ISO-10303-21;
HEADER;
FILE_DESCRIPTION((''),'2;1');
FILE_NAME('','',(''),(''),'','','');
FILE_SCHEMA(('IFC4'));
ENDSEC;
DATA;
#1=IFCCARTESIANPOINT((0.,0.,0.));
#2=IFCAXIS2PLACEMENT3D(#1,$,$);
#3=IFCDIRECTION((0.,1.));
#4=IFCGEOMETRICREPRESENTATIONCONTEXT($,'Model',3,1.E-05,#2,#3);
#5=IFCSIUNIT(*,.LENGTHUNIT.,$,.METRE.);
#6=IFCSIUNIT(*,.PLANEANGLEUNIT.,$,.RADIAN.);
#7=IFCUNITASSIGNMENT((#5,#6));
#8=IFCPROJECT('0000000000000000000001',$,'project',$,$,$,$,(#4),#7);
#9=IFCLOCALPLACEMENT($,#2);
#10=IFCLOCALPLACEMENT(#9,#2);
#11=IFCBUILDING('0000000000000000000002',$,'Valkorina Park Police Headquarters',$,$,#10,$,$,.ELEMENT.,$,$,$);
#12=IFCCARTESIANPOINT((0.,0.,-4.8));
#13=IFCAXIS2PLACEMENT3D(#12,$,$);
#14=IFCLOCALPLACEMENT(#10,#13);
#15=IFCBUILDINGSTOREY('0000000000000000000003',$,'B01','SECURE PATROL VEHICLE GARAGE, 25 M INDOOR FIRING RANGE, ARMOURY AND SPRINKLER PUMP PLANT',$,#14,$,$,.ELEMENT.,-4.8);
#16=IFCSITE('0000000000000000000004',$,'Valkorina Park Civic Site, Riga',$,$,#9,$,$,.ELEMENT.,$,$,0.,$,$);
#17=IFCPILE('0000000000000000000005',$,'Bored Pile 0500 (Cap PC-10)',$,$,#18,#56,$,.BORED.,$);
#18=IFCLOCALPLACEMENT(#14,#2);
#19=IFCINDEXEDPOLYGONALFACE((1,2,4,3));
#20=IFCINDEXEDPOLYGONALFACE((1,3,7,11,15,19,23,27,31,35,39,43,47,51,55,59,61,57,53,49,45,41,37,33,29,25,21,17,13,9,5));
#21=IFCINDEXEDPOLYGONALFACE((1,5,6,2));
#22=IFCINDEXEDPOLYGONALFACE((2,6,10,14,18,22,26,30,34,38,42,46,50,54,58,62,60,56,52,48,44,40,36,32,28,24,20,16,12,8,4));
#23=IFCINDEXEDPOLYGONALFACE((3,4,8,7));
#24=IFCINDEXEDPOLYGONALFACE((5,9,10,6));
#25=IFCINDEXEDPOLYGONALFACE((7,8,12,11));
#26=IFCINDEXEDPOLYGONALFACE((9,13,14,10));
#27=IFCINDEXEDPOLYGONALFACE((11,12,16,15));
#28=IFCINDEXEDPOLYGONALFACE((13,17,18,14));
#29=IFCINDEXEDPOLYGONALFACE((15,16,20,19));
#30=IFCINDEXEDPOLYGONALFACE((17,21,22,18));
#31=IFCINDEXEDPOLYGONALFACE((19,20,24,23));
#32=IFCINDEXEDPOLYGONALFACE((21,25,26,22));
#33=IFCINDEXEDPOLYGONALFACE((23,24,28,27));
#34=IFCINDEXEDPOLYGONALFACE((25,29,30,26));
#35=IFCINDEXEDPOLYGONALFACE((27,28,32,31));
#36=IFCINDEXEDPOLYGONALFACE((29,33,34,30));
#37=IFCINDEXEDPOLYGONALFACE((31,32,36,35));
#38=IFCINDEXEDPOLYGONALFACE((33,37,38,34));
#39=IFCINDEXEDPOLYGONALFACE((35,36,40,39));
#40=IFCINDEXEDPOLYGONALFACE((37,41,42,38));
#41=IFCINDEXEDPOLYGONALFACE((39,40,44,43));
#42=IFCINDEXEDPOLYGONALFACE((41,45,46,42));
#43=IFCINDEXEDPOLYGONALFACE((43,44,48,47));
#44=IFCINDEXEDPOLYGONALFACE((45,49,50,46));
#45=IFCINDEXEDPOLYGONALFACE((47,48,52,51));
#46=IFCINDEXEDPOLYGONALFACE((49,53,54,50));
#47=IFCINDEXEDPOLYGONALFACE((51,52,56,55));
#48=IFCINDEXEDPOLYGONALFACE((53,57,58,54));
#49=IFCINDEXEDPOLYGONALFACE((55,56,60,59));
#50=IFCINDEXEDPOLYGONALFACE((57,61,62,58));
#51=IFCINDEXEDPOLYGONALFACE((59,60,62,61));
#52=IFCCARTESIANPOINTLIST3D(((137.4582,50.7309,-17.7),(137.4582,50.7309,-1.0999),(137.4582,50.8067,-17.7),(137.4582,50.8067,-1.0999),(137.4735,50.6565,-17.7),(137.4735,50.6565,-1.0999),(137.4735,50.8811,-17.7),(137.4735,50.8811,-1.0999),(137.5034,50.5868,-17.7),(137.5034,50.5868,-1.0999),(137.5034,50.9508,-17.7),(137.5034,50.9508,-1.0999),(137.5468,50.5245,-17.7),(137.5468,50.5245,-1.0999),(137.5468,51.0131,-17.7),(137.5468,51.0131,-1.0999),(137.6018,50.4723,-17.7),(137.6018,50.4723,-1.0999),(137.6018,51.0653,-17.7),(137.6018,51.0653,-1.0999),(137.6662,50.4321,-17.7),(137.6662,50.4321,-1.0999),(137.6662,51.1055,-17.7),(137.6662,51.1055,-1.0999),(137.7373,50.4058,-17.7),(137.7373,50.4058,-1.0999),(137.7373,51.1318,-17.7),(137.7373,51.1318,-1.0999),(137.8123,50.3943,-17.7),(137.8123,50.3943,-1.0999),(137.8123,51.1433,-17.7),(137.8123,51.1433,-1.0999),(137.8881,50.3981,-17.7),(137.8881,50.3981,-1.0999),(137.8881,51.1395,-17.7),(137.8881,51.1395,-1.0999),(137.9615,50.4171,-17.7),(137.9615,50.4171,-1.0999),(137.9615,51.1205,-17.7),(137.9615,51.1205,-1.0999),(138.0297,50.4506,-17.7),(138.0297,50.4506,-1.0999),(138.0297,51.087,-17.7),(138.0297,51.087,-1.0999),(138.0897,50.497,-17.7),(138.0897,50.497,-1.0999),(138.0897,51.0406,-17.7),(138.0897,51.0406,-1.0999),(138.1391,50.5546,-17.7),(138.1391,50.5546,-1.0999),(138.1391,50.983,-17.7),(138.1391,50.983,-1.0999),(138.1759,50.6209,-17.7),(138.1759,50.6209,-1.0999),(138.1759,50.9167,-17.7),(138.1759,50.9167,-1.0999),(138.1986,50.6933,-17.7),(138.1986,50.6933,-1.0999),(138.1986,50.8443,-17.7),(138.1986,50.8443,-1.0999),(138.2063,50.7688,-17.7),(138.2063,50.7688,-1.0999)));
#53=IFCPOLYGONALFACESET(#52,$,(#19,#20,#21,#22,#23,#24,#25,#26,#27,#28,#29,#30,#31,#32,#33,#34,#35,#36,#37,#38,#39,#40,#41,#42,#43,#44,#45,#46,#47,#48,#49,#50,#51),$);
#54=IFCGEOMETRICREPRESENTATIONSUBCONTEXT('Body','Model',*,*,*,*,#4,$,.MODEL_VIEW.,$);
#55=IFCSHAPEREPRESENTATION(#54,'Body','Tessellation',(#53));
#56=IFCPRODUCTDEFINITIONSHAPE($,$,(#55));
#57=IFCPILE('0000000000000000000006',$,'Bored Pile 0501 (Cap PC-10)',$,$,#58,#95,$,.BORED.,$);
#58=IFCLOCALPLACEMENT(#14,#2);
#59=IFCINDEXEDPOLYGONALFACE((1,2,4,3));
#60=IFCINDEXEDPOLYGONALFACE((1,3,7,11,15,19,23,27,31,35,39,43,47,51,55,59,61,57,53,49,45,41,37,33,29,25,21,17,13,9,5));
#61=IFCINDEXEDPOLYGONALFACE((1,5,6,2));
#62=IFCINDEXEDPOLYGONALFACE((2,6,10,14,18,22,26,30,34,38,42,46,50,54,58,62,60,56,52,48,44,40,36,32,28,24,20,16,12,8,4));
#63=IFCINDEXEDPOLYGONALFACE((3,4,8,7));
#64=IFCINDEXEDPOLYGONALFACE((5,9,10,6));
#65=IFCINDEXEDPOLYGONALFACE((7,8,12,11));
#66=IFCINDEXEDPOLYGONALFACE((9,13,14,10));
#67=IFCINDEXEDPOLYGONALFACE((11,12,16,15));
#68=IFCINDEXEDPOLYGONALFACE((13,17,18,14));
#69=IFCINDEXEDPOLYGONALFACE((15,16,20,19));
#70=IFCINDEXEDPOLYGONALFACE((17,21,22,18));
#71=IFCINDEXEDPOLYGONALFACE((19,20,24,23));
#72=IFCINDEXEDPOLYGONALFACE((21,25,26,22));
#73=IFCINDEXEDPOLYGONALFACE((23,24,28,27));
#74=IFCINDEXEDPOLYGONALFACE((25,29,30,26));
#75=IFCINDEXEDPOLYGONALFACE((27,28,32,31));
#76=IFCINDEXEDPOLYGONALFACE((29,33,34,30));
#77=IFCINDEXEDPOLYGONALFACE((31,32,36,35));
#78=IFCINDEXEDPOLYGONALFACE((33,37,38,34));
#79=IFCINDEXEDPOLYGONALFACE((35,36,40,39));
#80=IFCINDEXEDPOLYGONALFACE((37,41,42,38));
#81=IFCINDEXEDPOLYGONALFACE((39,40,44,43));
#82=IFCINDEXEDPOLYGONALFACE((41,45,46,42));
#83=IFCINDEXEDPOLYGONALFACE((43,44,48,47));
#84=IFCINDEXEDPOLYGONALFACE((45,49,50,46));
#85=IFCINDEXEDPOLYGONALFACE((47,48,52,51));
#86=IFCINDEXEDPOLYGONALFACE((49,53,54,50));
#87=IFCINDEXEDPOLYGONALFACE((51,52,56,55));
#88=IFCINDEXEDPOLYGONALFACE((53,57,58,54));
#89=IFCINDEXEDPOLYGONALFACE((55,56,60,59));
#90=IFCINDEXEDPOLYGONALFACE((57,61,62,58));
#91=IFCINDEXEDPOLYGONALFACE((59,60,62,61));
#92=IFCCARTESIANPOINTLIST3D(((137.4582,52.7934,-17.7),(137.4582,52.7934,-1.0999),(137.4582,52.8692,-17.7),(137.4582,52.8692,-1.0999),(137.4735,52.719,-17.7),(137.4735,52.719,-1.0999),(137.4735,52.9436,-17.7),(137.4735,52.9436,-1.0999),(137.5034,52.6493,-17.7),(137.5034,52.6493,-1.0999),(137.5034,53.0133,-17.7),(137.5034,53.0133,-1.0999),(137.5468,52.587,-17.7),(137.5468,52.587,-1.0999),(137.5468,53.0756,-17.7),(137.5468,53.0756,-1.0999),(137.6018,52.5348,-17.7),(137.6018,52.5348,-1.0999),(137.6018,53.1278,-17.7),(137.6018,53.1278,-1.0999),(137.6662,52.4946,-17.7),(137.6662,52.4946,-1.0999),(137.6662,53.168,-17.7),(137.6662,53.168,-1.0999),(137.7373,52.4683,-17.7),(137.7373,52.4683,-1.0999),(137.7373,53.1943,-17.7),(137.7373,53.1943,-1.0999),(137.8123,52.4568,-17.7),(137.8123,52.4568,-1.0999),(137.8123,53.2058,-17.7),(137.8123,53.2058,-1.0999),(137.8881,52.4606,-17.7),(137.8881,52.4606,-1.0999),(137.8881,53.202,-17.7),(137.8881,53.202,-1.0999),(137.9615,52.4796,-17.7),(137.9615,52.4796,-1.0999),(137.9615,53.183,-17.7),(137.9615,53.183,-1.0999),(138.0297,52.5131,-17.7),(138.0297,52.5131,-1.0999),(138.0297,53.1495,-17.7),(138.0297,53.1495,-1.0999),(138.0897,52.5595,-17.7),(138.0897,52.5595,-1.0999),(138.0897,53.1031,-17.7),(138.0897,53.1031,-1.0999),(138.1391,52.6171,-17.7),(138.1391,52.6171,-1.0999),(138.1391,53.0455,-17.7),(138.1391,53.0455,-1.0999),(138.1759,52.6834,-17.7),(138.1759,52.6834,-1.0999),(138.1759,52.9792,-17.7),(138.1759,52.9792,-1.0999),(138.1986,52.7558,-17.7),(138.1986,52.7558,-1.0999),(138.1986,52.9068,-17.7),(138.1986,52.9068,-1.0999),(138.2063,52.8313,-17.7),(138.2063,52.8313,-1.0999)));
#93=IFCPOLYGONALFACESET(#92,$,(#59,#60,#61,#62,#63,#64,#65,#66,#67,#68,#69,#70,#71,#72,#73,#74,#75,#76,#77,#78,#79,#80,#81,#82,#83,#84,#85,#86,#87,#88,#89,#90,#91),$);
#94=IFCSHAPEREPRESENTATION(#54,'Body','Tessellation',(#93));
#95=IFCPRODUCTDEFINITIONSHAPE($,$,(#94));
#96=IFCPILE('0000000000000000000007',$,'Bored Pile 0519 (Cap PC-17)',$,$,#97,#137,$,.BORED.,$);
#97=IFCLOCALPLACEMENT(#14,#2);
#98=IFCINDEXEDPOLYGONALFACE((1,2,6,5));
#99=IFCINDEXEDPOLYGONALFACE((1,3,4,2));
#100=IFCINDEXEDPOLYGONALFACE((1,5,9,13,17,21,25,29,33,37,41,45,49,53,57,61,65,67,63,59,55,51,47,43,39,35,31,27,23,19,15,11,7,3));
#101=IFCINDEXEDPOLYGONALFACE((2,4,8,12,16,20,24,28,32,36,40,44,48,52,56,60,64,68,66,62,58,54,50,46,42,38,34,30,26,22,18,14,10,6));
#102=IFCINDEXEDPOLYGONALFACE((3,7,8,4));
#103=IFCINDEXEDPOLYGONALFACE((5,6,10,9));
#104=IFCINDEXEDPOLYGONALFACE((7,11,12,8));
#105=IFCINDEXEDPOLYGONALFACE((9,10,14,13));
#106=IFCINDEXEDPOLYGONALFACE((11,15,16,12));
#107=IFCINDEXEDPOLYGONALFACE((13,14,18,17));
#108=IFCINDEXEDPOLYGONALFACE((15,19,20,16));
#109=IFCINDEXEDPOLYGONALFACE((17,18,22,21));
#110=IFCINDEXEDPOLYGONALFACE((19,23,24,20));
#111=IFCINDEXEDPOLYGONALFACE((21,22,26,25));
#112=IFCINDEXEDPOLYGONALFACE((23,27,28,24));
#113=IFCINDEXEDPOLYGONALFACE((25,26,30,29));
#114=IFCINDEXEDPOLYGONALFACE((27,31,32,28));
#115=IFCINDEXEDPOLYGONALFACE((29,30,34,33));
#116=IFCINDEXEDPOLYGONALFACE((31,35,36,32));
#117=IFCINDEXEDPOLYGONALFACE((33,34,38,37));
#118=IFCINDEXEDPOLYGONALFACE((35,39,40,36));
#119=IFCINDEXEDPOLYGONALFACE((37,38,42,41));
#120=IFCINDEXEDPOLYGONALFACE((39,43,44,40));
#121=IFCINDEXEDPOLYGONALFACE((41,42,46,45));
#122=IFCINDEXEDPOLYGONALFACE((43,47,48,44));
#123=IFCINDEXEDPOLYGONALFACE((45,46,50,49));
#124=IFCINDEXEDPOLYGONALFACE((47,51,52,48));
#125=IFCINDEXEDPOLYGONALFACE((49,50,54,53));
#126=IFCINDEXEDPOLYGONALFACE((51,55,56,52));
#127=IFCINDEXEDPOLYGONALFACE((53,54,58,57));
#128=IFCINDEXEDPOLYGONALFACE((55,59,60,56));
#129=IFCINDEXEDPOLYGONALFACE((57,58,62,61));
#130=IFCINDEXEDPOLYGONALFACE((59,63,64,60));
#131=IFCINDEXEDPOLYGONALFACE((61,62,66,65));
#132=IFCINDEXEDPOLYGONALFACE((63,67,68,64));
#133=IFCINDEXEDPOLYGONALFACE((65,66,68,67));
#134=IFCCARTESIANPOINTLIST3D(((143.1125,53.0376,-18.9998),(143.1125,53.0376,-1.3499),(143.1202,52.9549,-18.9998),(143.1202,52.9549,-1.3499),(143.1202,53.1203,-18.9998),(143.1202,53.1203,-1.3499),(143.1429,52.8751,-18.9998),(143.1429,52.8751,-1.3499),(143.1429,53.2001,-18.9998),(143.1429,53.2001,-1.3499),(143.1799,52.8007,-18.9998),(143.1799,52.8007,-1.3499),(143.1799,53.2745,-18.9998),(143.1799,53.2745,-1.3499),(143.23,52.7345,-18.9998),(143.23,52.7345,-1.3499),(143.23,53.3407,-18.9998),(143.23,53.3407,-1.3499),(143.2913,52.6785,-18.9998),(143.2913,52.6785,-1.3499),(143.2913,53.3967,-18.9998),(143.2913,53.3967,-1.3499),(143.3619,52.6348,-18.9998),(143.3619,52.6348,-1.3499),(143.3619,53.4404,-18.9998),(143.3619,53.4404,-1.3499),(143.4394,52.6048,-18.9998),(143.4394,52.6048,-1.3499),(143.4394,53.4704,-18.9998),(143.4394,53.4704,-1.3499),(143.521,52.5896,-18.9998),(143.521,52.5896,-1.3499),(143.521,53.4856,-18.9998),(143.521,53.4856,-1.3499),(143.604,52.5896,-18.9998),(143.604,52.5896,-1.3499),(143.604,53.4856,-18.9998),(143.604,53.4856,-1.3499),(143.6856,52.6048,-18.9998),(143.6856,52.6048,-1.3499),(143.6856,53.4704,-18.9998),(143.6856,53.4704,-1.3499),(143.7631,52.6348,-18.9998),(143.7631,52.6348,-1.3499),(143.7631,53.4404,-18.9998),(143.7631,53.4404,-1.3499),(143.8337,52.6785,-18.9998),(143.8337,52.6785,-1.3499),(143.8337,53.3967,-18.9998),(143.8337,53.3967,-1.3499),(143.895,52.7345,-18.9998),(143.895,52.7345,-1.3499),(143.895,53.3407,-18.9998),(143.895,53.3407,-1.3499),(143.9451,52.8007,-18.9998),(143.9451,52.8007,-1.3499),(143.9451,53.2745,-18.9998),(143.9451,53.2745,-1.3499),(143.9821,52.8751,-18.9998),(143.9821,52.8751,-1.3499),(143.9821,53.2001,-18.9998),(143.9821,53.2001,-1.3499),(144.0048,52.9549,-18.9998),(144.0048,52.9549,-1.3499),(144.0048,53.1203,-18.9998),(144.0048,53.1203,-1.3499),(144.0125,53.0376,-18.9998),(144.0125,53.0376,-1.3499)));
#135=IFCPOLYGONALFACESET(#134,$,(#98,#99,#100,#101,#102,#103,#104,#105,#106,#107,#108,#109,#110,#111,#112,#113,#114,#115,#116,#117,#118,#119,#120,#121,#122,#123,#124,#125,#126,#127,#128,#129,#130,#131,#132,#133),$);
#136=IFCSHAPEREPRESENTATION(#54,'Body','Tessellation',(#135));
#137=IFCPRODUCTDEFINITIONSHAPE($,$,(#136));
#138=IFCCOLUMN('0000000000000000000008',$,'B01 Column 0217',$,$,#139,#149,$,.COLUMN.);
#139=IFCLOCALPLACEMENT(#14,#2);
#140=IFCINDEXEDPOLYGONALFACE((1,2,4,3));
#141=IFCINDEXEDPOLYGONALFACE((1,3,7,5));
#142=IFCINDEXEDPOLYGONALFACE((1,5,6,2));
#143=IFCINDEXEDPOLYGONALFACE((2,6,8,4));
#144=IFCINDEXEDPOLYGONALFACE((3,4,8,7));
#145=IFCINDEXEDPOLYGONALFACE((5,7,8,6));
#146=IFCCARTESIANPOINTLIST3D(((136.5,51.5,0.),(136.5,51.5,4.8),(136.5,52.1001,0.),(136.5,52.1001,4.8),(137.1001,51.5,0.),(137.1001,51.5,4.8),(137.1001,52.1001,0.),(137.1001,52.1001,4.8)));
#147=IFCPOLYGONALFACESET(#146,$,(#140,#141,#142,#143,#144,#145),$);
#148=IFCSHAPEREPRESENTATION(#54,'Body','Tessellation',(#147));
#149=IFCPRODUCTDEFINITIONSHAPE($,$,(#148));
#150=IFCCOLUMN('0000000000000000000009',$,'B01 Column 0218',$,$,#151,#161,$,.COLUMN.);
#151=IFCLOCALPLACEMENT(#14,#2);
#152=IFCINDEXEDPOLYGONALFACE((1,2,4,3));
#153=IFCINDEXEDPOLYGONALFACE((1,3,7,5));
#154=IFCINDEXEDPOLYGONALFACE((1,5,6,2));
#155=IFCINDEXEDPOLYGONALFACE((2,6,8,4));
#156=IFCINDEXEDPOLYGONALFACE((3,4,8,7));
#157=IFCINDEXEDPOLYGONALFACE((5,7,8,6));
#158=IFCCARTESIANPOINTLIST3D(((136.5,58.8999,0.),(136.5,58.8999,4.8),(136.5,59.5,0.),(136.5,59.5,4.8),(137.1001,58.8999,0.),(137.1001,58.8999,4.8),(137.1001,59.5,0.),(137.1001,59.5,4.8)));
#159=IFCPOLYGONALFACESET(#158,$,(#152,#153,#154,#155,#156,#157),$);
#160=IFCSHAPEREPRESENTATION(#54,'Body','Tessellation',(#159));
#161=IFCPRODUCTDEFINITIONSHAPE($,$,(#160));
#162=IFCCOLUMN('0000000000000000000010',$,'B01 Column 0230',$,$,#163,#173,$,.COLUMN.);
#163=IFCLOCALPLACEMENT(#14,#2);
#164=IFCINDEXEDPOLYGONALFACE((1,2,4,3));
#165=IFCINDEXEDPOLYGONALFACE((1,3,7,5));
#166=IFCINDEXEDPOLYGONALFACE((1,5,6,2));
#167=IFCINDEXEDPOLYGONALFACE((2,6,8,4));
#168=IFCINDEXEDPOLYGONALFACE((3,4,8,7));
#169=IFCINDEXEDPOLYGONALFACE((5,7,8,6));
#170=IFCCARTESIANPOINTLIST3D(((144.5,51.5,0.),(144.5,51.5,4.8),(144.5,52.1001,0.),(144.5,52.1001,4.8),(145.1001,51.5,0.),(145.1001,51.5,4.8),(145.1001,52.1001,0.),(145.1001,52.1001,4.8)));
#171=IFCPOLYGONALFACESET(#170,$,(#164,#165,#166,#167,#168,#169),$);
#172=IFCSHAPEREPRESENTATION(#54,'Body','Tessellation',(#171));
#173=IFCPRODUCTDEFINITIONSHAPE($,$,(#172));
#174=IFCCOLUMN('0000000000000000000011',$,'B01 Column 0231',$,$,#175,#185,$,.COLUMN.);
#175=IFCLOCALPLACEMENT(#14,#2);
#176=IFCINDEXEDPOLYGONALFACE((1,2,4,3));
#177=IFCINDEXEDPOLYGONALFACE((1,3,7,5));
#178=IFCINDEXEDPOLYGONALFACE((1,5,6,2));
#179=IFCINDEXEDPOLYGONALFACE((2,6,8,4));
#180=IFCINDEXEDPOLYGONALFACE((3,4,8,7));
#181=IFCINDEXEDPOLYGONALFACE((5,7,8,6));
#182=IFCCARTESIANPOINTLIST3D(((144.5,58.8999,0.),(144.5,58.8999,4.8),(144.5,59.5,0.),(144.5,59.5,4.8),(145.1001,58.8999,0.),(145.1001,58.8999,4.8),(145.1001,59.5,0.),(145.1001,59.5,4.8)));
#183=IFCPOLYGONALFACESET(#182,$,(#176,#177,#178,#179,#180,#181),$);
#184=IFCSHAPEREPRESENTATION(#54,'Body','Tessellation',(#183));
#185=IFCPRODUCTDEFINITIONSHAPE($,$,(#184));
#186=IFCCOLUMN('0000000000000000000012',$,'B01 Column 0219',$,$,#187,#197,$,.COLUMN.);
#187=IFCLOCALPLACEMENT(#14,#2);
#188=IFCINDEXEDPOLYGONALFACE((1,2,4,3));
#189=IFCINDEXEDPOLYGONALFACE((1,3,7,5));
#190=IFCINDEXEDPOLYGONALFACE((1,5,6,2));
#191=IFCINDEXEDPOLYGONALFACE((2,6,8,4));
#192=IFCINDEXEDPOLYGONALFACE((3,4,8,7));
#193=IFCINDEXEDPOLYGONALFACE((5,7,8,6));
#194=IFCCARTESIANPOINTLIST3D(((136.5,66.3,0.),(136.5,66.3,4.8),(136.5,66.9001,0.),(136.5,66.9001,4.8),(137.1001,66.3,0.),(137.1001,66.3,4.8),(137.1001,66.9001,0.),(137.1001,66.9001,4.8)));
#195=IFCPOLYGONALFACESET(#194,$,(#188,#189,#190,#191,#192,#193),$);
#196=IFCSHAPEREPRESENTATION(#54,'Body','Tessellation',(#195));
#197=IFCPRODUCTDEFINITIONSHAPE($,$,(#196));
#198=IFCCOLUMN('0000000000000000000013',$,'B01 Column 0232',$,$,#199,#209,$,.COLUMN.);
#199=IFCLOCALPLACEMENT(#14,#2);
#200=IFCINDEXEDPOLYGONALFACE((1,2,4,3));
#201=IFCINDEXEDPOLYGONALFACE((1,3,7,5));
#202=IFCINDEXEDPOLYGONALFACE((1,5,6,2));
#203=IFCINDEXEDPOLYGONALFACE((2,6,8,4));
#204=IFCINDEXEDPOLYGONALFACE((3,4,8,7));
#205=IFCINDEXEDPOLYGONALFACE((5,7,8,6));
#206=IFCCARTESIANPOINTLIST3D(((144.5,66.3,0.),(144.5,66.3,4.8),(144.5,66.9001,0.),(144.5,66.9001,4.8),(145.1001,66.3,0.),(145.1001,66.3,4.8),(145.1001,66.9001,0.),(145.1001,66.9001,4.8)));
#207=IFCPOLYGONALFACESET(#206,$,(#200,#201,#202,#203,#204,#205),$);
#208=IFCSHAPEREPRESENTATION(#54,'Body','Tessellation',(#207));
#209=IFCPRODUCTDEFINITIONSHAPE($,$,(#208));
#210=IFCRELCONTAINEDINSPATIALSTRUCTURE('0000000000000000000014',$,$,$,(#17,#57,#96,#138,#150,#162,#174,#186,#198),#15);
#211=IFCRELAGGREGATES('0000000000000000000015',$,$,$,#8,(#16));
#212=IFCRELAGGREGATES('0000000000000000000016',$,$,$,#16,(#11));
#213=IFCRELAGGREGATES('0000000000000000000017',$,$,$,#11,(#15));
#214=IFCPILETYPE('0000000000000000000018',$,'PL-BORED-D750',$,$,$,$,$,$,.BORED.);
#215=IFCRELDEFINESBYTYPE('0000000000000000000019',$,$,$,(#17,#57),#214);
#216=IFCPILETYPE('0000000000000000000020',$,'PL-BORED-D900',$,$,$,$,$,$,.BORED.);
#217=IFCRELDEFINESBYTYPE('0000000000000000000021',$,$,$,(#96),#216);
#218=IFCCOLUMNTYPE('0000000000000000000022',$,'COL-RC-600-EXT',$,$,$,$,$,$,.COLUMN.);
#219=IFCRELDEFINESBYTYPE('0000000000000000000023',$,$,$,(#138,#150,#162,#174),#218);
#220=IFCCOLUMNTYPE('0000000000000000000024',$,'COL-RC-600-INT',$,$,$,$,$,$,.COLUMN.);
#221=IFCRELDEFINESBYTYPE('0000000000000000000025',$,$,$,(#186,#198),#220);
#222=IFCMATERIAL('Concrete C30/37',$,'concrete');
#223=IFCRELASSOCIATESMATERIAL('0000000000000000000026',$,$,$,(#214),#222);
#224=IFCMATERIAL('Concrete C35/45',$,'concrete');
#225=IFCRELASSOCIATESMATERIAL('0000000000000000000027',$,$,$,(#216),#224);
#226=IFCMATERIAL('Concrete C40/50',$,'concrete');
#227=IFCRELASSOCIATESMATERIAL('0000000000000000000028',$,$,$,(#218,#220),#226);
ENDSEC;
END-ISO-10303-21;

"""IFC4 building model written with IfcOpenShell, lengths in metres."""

from ifc_helpers import new_model, si_unit, direction, frame, origin, origin_2d, place, context, subcontext, project, spatial, rectangle, circle, extrude, material, material_profile, profile_set, type_object, element, save


model = new_model("IFC4")

# Units and contexts
model_context = context("Model", 3, precision=1e-05, world=origin(), true_north=direction((0.0, 1.0)))
body_context = subcontext(model_context, "Body", "Model", "MODEL_VIEW")
ifc_project = project(units=[si_unit("LENGTHUNIT", "METRE"), si_unit("PLANEANGLEUNIT", "RADIAN")], contexts=[model_context])

# Site, building, storey
site_placement = place(None, origin())
site = spatial("IfcSite", under=ifc_project, at=site_placement, Name="Valkorina Park Civic Site, Riga", CompositionType="ELEMENT", RefElevation=0.0)
building_placement = place(site_placement, origin())
building = spatial("IfcBuilding", under=site, at=building_placement, Name="Valkorina Park Police Headquarters", CompositionType="ELEMENT")
storey_placement = place(building_placement, frame((0.0, 0.0, -4.8)))
storey = spatial("IfcBuildingStorey", under=building, at=storey_placement, Name="B01", Description="SECURE PATROL VEHICLE GARAGE, 25 M INDOOR FIRING RANGE, ARMOURY AND SPRINKLER PUMP PLANT", CompositionType="ELEMENT", Elevation=-4.8)

# Shared definitions
ifc_material_1 = material(Name="Concrete C40/50", Category="concrete")

# Piles
ifc_material_2 = material(Name="Concrete C30/37", Category="concrete")
ifc_material_profile_1 = material_profile(ifc_material_2, circle(Radius=0.375, at=origin_2d()), Name="BORED PILE D750")
ifc_profile_set_1 = profile_set([ifc_material_profile_1], Name="Concrete C30/37")
pile_type_1 = type_object("IfcPileType", Name="PL-BORED-D750", PredefinedType="BORED", material=ifc_profile_set_1)
for number, where, z_axis, x_axis, name in (
    (1, (137.8313, 50.7688, -1.0999), (0.0, 0.0, -1.0), (1.0, 0.0, 0.0), "Bored Pile 0500 (Cap PC-10)"),
    (2, (137.8313, 52.8313, -1.0999), (0.0, 0.0, -1.0), (1.0, 0.0, 0.0), "Bored Pile 0501 (Cap PC-10)"),
):
    element("IfcPile", number, at=place(storey_placement, frame(where, z_axis=z_axis, x_axis=x_axis)), inside=storey, type_object=pile_type_1, Name=name, PredefinedType="BORED", context=body_context, shape_type="SweptSolid", body=[
        extrude(circle(Radius=0.375, at=origin_2d()), origin(), (0.0, 0.0, 1.0), 16.6001),
    ])
ifc_material_3 = material(Name="Concrete C35/45", Category="concrete")
ifc_material_profile_2 = material_profile(ifc_material_3, circle(Radius=0.45, at=origin_2d()), Name="BORED PILE D900")
ifc_profile_set_2 = profile_set([ifc_material_profile_2], Name="Concrete C35/45")
pile_type_2 = type_object("IfcPileType", Name="PL-BORED-D900", PredefinedType="BORED", material=ifc_profile_set_2)
pile_placement = place(storey_placement, frame((143.5625, 53.0376, -1.3499), z_axis=(0.0, 0.0, -1.0), x_axis=(1.0, 0.0, 0.0)))
element("IfcPile", 3, at=pile_placement, inside=storey, type_object=pile_type_2, Name="Bored Pile 0519 (Cap PC-17)", PredefinedType="BORED", context=body_context, shape_type="SweptSolid", body=[
    extrude(circle(Radius=0.45, at=origin_2d()), origin(), (0.0, 0.0, 1.0), 17.6499),
])

# Columns
ifc_material_profile_3 = material_profile(ifc_material_1, rectangle(XDim=0.6001, YDim=0.6001, at=origin_2d()), Name="RC COL 600x600")
ifc_profile_set_3 = profile_set([ifc_material_profile_3], Name="Concrete C40/50")
column_type_1 = type_object("IfcColumnType", Name="COL-RC-600-EXT", PredefinedType="COLUMN", material=ifc_profile_set_3)
for number, where, z_axis, x_axis, name in (
    (4, (136.8, 51.8, 0.0), (0.0, 0.0, 1.0), (1.0, 0.0, 0.0), "B01 Column 0217"),
    (5, (136.8, 59.2, 0.0), (0.0, 0.0, 1.0), (1.0, 0.0, 0.0), "B01 Column 0218"),
    (6, (144.8, 51.8, 0.0), (0.0, 0.0, 1.0), (1.0, 0.0, 0.0), "B01 Column 0230"),
    (7, (144.8, 59.2, 0.0), (0.0, 0.0, 1.0), (1.0, 0.0, 0.0), "B01 Column 0231"),
):
    element("IfcColumn", number, at=place(storey_placement, frame(where, z_axis=z_axis, x_axis=x_axis)), inside=storey, type_object=column_type_1, Name=name, PredefinedType="COLUMN", context=body_context, shape_type="SweptSolid", body=[
        extrude(rectangle(XDim=0.6001, YDim=0.6001, at=origin_2d()), origin(), (0.0, 0.0, 1.0), 4.8),
    ])
ifc_material_profile_4 = material_profile(ifc_material_1, rectangle(XDim=0.6001, YDim=0.6001, at=origin_2d()), Name="RC COL 600x600")
ifc_profile_set_4 = profile_set([ifc_material_profile_4], Name="Concrete C40/50")
column_type_2 = type_object("IfcColumnType", Name="COL-RC-600-INT", PredefinedType="COLUMN", material=ifc_profile_set_4)
for number, where, z_axis, x_axis, name in (
    (8, (136.8, 66.6001, 0.0), (0.0, 0.0, 1.0), (1.0, 0.0, 0.0), "B01 Column 0219"),
    (9, (144.8, 66.6001, 0.0), (0.0, 0.0, 1.0), (1.0, 0.0, 0.0), "B01 Column 0232"),
):
    element("IfcColumn", number, at=place(storey_placement, frame(where, z_axis=z_axis, x_axis=x_axis)), inside=storey, type_object=column_type_2, Name=name, PredefinedType="COLUMN", context=body_context, shape_type="SweptSolid", body=[
        extrude(rectangle(XDim=0.6001, YDim=0.6001, at=origin_2d()), origin(), (0.0, 0.0, 1.0), 4.8),
    ])

save(model, "model.ifc")
